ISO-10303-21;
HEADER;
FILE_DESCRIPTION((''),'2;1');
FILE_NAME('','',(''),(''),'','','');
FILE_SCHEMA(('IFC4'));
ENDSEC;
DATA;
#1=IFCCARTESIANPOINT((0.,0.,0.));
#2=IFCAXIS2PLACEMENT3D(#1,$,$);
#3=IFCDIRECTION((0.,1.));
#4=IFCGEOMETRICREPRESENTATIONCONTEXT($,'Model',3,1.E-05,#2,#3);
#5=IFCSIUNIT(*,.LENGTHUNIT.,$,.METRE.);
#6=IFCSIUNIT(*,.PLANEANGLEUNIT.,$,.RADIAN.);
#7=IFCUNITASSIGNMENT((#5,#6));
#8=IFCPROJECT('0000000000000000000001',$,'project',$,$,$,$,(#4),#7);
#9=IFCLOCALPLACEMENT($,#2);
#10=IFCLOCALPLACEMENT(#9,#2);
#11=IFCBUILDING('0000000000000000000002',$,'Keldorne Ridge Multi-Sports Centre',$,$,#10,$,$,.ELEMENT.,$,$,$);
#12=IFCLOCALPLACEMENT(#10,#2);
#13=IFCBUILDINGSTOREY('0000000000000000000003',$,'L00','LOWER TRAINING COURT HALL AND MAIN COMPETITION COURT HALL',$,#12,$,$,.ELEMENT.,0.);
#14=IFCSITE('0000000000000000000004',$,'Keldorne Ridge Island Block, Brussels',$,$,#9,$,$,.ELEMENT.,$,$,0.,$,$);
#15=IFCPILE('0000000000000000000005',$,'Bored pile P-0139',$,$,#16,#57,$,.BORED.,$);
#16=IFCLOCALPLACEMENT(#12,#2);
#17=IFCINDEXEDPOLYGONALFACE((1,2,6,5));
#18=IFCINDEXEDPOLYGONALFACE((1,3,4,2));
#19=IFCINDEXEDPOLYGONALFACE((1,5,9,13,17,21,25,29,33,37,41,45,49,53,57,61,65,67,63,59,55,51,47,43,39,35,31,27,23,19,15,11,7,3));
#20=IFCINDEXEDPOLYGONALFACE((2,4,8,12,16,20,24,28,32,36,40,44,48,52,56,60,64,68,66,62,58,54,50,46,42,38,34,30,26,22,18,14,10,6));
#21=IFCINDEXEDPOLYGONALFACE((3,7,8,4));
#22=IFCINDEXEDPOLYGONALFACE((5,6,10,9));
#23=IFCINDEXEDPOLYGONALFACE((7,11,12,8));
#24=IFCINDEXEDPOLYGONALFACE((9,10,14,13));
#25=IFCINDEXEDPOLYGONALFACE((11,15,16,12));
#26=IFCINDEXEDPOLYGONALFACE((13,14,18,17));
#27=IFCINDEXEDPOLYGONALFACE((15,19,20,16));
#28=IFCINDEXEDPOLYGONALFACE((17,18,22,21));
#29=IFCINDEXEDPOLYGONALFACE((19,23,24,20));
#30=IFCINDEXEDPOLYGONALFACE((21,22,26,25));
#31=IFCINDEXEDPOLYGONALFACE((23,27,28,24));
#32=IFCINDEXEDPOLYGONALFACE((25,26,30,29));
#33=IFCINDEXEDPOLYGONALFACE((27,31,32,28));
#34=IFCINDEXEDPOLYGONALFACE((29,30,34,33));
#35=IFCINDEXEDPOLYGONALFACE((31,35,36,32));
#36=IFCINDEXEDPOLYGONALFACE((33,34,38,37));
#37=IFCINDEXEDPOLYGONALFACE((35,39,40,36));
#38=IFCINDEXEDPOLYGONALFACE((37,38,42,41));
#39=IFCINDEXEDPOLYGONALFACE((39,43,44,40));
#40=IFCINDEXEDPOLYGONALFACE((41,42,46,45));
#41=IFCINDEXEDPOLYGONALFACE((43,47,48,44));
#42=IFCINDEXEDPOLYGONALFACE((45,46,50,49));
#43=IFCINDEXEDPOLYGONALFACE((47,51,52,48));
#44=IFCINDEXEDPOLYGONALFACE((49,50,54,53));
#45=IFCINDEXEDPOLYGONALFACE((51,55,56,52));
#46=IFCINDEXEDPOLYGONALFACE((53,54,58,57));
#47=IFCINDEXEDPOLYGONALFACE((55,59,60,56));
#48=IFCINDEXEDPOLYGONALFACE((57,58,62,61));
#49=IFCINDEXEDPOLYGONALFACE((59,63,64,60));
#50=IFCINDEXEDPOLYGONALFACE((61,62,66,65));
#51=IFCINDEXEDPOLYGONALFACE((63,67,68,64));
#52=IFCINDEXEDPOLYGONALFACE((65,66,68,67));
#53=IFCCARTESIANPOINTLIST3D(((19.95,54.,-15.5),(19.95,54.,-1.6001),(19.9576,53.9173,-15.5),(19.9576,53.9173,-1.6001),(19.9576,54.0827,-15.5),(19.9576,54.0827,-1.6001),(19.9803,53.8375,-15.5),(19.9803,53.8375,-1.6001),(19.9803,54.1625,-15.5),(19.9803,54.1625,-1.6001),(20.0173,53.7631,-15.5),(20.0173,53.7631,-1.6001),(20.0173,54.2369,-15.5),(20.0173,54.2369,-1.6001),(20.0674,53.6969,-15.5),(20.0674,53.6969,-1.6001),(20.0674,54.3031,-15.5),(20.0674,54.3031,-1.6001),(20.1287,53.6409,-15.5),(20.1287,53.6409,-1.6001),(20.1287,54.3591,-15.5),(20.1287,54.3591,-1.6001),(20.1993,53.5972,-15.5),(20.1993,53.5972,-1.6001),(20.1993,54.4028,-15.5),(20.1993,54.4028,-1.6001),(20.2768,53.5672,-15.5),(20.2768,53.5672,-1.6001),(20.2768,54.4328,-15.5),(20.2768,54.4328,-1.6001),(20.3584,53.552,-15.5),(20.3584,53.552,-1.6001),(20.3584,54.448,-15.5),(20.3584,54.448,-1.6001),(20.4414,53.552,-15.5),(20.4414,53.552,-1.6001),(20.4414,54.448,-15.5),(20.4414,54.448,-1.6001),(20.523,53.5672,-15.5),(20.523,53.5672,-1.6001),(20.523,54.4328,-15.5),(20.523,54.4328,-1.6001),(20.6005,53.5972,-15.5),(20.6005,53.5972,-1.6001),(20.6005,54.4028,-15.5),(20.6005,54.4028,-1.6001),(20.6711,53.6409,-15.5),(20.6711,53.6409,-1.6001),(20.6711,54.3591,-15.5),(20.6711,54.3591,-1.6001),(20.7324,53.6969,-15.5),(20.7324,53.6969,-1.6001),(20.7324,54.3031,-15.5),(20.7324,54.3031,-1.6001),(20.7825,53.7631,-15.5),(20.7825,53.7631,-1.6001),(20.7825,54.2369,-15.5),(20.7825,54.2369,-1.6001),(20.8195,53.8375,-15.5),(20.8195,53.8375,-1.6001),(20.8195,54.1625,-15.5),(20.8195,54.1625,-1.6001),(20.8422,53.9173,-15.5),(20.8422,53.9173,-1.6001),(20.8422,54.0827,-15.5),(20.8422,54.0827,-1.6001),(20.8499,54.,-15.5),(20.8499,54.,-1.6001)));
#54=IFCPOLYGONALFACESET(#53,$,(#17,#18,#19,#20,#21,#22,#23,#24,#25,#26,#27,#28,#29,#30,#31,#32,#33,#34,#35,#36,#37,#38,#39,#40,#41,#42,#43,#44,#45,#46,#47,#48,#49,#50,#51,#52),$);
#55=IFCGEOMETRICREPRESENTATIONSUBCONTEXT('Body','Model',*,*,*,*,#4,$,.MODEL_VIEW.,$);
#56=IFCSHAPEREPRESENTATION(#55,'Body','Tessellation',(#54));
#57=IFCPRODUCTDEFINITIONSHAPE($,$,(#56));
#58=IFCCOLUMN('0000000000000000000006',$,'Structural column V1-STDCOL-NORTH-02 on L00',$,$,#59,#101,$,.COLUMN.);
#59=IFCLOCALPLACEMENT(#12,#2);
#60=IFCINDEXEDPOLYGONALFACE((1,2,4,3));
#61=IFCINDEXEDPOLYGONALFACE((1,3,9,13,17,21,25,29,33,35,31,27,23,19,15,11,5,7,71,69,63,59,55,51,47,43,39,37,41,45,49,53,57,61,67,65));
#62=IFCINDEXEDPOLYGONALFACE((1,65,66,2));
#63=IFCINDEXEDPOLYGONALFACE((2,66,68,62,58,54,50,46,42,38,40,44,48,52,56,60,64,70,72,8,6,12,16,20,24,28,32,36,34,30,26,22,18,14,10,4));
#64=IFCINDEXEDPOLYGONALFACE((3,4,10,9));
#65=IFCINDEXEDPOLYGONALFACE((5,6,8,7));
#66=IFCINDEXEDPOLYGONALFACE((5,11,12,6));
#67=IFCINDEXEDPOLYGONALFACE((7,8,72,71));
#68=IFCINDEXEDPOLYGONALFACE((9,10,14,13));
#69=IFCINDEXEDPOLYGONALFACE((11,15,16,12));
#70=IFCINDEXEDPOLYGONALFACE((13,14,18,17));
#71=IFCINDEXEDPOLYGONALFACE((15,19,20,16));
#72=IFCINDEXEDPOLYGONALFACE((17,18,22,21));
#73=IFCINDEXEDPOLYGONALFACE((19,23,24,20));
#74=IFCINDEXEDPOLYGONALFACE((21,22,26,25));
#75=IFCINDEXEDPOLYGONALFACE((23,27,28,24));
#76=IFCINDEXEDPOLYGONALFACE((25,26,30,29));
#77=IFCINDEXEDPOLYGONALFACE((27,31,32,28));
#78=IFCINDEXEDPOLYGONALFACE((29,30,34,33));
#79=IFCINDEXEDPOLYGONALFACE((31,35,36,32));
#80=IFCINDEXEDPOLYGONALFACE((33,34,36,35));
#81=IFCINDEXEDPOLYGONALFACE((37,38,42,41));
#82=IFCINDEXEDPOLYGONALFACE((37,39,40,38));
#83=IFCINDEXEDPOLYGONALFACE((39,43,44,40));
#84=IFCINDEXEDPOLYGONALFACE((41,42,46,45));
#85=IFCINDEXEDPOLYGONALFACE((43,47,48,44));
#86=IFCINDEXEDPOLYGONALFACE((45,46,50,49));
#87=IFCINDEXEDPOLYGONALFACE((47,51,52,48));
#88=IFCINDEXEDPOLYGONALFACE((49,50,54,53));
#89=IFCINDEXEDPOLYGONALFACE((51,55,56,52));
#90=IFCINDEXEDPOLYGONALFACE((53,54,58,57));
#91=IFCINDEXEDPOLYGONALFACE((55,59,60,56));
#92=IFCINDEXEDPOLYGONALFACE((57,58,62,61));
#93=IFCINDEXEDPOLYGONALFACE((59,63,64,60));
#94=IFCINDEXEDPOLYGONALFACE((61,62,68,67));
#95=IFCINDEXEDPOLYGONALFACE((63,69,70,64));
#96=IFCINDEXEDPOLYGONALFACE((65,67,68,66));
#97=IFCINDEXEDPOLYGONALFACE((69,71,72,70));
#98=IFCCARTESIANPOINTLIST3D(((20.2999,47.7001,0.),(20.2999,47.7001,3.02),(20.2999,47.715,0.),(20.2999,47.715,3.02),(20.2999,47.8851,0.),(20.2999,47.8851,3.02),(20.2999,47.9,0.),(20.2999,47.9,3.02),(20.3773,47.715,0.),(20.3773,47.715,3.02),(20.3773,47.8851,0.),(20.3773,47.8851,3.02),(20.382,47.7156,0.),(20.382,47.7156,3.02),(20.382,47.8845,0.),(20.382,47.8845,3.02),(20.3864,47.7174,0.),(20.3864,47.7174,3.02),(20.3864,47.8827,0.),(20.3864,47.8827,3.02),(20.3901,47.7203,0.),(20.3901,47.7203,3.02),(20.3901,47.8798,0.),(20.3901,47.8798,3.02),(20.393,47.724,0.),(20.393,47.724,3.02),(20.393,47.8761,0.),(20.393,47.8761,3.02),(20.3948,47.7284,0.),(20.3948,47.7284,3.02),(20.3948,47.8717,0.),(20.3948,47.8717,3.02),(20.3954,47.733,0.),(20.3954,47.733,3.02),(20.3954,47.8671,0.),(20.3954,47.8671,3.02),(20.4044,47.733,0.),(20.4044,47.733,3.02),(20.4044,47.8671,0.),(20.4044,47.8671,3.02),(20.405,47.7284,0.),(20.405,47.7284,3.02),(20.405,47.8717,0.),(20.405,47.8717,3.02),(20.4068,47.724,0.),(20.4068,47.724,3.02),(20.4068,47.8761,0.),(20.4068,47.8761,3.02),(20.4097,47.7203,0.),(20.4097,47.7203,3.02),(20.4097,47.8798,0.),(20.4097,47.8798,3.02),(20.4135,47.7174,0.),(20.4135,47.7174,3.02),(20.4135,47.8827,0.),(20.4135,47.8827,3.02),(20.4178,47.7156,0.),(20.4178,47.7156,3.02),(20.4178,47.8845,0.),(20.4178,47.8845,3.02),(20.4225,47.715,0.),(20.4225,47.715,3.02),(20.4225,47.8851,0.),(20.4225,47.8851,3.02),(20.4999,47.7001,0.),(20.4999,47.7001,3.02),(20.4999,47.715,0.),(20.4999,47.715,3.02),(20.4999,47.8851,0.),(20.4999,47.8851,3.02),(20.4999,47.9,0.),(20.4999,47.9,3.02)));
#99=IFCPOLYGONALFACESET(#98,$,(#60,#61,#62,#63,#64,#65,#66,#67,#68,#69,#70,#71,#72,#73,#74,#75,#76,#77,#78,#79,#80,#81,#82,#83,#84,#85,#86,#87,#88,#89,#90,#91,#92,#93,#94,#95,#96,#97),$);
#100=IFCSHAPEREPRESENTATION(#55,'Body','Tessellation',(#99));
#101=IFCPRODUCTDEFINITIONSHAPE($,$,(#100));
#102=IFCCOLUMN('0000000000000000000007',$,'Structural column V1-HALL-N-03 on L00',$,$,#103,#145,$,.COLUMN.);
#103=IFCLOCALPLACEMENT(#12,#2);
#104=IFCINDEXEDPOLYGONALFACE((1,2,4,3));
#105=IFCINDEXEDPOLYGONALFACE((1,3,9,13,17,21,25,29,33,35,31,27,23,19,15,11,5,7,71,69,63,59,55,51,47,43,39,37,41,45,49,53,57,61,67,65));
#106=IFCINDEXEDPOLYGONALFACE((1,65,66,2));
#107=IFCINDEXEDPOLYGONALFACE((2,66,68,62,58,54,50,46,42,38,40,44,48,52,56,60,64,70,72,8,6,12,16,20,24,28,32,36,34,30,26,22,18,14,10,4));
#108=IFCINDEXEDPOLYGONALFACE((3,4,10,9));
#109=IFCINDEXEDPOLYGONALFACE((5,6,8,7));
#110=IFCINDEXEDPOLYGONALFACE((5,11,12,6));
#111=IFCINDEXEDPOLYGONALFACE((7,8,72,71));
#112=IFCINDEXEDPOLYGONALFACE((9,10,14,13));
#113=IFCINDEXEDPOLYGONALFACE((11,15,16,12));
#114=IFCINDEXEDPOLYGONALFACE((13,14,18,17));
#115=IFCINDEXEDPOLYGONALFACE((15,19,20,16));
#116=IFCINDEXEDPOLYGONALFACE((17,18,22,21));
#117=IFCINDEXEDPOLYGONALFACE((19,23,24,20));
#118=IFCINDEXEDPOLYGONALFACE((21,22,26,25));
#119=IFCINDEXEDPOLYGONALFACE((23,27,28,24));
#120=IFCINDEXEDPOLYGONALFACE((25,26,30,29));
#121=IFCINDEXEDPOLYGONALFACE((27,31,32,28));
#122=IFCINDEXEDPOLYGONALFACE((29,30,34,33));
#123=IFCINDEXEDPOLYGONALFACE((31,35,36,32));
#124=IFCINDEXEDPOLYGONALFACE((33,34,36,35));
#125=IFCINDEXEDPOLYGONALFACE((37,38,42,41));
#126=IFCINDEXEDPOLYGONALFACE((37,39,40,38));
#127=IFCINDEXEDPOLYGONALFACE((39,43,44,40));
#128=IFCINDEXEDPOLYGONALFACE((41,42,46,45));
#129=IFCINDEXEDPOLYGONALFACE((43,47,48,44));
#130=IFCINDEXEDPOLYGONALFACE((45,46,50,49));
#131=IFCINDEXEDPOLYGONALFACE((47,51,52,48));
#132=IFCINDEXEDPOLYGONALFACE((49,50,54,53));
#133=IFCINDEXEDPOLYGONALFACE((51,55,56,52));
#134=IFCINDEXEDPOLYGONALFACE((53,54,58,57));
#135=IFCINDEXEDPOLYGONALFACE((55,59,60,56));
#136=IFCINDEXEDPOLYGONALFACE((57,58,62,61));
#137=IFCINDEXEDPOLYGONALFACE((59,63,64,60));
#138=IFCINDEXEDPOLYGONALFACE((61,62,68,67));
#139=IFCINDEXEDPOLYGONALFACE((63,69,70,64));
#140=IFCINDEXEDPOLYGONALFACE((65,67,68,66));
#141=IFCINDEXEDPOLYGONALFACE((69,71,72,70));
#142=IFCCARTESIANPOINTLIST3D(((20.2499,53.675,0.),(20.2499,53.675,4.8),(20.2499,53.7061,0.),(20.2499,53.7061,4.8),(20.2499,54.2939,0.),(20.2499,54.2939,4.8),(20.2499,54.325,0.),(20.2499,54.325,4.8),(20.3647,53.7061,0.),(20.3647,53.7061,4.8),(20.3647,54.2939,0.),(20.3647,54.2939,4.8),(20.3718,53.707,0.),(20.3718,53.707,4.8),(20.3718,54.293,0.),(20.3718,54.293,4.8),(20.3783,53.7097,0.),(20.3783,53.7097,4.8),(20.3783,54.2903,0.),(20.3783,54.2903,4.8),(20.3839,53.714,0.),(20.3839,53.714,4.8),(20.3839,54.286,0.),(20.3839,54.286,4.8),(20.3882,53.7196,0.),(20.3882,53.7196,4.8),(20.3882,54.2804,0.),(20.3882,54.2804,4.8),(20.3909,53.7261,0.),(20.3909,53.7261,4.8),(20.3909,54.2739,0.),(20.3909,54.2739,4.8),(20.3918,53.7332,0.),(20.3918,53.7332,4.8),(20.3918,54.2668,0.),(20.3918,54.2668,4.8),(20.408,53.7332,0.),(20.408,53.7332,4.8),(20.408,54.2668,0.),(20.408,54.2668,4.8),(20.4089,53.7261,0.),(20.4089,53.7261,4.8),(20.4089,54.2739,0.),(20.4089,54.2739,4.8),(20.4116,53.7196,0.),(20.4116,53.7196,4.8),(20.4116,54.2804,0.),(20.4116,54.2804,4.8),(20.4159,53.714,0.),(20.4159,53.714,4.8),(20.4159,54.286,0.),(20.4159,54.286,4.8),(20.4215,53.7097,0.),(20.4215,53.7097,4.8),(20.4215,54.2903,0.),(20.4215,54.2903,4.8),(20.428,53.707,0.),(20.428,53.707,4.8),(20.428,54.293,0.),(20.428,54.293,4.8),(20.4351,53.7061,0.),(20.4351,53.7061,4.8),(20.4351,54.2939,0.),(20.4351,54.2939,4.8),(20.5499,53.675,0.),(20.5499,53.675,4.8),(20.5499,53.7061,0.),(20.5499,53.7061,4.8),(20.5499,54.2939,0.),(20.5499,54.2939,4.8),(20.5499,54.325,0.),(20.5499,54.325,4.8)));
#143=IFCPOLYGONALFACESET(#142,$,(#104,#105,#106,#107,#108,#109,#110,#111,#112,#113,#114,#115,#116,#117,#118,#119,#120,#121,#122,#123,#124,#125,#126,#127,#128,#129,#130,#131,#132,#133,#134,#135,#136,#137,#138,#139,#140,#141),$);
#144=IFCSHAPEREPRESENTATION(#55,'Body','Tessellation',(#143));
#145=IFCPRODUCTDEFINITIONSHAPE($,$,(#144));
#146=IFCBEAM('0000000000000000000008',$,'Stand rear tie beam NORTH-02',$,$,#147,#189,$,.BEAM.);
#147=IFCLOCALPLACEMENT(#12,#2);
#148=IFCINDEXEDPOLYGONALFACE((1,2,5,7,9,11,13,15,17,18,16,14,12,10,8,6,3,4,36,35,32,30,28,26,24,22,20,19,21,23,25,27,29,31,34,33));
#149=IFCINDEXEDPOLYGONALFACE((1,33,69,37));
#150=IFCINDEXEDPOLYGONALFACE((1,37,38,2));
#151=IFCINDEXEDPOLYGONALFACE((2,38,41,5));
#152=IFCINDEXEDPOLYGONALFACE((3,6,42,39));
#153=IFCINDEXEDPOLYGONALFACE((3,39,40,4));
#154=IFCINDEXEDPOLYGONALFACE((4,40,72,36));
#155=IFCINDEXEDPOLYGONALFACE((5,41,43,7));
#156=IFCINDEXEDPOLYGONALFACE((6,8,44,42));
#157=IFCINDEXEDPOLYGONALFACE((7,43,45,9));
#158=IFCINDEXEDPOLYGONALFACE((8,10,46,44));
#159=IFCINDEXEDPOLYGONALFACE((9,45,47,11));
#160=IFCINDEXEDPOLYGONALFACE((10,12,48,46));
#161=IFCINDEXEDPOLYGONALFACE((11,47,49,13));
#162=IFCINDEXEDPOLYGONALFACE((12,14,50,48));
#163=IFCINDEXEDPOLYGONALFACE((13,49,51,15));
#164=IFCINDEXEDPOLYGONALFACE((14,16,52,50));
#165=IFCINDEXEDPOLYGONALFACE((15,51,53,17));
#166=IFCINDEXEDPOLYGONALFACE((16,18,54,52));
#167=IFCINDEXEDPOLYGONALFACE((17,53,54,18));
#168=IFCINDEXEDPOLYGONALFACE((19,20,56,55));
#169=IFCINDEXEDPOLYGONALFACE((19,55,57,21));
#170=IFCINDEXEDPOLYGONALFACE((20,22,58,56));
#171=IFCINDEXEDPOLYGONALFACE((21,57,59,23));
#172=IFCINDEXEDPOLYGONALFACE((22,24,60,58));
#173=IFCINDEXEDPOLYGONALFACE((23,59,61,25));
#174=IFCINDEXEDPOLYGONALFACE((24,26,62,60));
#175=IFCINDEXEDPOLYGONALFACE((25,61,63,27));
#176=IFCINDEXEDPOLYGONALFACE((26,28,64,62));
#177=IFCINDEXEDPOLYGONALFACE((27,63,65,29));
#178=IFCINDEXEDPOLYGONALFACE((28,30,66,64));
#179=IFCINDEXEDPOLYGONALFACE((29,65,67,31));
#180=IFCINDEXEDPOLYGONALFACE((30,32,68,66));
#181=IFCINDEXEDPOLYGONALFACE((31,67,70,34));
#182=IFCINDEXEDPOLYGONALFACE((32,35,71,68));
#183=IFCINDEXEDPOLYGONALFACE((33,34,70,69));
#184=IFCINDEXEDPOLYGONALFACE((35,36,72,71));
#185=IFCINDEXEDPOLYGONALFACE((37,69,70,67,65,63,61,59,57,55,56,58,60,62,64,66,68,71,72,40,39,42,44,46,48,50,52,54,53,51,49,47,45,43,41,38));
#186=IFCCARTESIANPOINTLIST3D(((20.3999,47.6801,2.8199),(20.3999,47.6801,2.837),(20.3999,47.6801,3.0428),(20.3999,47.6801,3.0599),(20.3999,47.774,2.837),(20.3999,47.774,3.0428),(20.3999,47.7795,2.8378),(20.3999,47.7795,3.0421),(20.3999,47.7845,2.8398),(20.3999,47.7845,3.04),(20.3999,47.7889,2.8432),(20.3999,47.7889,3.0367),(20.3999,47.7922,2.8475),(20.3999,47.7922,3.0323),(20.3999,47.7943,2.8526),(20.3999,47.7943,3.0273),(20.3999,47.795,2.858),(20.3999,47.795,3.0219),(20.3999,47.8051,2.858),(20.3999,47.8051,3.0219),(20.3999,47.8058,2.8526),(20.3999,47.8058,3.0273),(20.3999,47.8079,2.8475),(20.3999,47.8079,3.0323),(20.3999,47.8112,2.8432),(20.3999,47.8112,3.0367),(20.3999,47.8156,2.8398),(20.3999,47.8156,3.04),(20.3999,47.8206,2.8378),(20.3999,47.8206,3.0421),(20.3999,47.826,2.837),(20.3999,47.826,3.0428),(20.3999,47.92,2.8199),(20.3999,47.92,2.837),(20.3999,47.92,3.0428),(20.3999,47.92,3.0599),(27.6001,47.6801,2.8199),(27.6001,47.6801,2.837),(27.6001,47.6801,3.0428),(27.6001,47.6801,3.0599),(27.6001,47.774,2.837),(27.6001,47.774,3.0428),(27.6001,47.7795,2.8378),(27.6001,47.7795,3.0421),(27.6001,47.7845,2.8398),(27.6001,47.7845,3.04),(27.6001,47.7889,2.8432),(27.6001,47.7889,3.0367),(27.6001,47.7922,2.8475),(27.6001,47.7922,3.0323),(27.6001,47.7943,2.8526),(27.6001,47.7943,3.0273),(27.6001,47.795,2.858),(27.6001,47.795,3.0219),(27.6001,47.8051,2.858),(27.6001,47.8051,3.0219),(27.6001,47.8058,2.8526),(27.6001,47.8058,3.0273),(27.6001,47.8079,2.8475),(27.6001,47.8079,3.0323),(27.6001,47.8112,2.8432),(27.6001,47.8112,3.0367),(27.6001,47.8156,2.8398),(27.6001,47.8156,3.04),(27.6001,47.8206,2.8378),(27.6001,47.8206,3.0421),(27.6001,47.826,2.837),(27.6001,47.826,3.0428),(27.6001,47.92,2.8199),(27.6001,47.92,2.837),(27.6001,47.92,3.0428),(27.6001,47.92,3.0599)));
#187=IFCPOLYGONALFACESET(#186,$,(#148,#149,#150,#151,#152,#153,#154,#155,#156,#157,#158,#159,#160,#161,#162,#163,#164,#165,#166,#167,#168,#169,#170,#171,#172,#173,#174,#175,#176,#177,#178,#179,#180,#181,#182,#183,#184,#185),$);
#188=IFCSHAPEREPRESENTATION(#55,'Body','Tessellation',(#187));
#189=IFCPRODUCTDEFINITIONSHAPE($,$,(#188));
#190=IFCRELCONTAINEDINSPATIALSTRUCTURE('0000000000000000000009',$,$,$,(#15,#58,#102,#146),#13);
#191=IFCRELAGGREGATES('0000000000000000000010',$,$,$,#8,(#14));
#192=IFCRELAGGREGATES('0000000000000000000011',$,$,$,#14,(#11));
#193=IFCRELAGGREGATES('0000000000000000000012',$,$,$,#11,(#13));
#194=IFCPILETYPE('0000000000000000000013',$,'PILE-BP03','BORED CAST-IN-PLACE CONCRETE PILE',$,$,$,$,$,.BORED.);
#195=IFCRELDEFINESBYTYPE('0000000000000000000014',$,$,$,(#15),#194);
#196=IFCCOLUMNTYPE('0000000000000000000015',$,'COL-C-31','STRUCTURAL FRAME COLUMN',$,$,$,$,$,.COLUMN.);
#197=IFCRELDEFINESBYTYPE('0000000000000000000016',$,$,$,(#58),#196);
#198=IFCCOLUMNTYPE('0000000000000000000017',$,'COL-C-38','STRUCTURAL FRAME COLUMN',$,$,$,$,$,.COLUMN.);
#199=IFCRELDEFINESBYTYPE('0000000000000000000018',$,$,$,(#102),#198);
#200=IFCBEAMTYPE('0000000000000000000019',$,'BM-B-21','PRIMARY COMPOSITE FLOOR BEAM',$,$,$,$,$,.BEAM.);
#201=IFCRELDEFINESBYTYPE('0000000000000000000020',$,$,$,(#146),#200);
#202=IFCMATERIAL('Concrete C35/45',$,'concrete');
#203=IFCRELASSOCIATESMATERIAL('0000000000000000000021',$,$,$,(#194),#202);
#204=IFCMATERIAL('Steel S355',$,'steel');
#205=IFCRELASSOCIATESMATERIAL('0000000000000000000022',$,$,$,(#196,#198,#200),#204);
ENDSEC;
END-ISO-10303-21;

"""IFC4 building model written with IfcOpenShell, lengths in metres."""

from ifc_helpers import new_model, si_unit, direction, frame, origin, origin_2d, place, context, subcontext, project, spatial, circle, i_section, extrude, material, material_profile, profile_set, type_object, element, save


model = new_model("IFC4")

# Units and contexts
model_context = context("Model", 3, precision=1e-05, world=origin(), true_north=direction((0.0, 1.0)))
body_context = subcontext(model_context, "Body", "Model", "MODEL_VIEW")
ifc_project = project(units=[si_unit("LENGTHUNIT", "METRE"), si_unit("PLANEANGLEUNIT", "RADIAN")], contexts=[model_context])

# Site, building, storey
site_placement = place(None, origin())
site = spatial("IfcSite", under=ifc_project, at=site_placement, Name="Keldorne Ridge Island Block, Brussels", CompositionType="ELEMENT", RefElevation=0.0)
building_placement = place(site_placement, origin())
building = spatial("IfcBuilding", under=site, at=building_placement, Name="Keldorne Ridge Multi-Sports Centre", CompositionType="ELEMENT")
storey_placement = place(building_placement, origin())
storey = spatial("IfcBuildingStorey", under=building, at=storey_placement, Name="L00", Description="LOWER TRAINING COURT HALL AND MAIN COMPETITION COURT HALL", CompositionType="ELEMENT", Elevation=0.0)

# Shared definitions
ifc_material_1 = material(Name="Concrete C35/45", Category="concrete")

# Pile
ifc_material_profile_1 = material_profile(ifc_material_1, circle(Radius=0.45, at=origin_2d()), Name="BORED PILE D900")
ifc_profile_set_1 = profile_set([ifc_material_profile_1], Name="Concrete C35/45")
pile_type_1 = type_object("IfcPileType", Name="PILE-BP03", Description="BORED CAST-IN-PLACE CONCRETE PILE", PredefinedType="BORED", material=ifc_profile_set_1)
pile_placement = place(storey_placement, frame((20.3999, 54.0, -1.6001), z_axis=(0.0, 0.0, -1.0), x_axis=(1.0, 0.0, 0.0)))
element("IfcPile", 1, at=pile_placement, inside=storey, type_object=pile_type_1, Name="Bored pile P-0139", PredefinedType="BORED", context=body_context, shape_type="SweptSolid", body=[
    extrude(circle(Radius=0.45, at=origin_2d()), origin(), (0.0, 0.0, 1.0), 13.8999),
])

# Columns
ifc_material_2 = material(Name="Steel S355", Category="steel")
ifc_material_profile_2 = material_profile(ifc_material_2, i_section(OverallWidth=0.2, OverallDepth=0.2, WebThickness=0.009, FlangeThickness=0.0149, FilletRadius=0.0181, at=origin_2d()), Name="HEB 200")
ifc_profile_set_2 = profile_set([ifc_material_profile_2], Name="Steel S355")
column_type_1 = type_object("IfcColumnType", Name="COL-C-31", Description="STRUCTURAL FRAME COLUMN", PredefinedType="COLUMN", material=ifc_profile_set_2)
column_1_placement = place(storey_placement, frame((20.3999, 47.8, 0.0), z_axis=(0.0, 0.0, 1.0), x_axis=(1.0, 0.0, 0.0)))
element("IfcColumn", 2, at=column_1_placement, inside=storey, type_object=column_type_1, Name="Structural column V1-STDCOL-NORTH-02 on L00", PredefinedType="COLUMN", context=body_context, shape_type="SweptSolid", body=[
    extrude(i_section(OverallWidth=0.2, OverallDepth=0.2, WebThickness=0.009, FlangeThickness=0.0149, FilletRadius=0.0181, at=origin_2d()), origin(), (0.0, 0.0, 1.0), 3.02),
])
ifc_material_profile_3 = material_profile(ifc_material_2, i_section(OverallWidth=0.3, OverallDepth=0.6499, WebThickness=0.0161, FlangeThickness=0.031, FilletRadius=0.0271, at=origin_2d()), Name="HEB 650")
ifc_profile_set_3 = profile_set([ifc_material_profile_3], Name="Steel S355")
column_type_2 = type_object("IfcColumnType", Name="COL-C-38", Description="STRUCTURAL FRAME COLUMN", PredefinedType="COLUMN", material=ifc_profile_set_3)
column_2_placement = place(storey_placement, frame((20.3999, 54.0, 0.0), z_axis=(0.0, 0.0, 1.0), x_axis=(1.0, 0.0, 0.0)))
element("IfcColumn", 3, at=column_2_placement, inside=storey, type_object=column_type_2, Name="Structural column V1-HALL-N-03 on L00", PredefinedType="COLUMN", context=body_context, shape_type="SweptSolid", body=[
    extrude(i_section(OverallWidth=0.3, OverallDepth=0.6499, WebThickness=0.0161, FlangeThickness=0.031, FilletRadius=0.0271, at=origin_2d()), origin(), (0.0, 0.0, 1.0), 4.8),
])

# Beam
ifc_material_profile_4 = material_profile(ifc_material_2, i_section(OverallWidth=0.24, OverallDepth=0.24, WebThickness=0.01, FlangeThickness=0.0171, FilletRadius=0.021, at=origin_2d()), Name="HEB 240")
ifc_profile_set_4 = profile_set([ifc_material_profile_4], Name="Steel S355")
beam_type = type_object("IfcBeamType", Name="BM-B-21", Description="PRIMARY COMPOSITE FLOOR BEAM", PredefinedType="BEAM", material=ifc_profile_set_4)
beam_placement = place(storey_placement, frame((20.3999, 47.8, 2.9399), z_axis=(1.0, 0.0, 0.0), x_axis=(0.0, 1.0, 0.0)))
element("IfcBeam", 4, at=beam_placement, inside=storey, type_object=beam_type, Name="Stand rear tie beam NORTH-02", PredefinedType="BEAM", context=body_context, shape_type="SweptSolid", body=[
    extrude(i_section(OverallWidth=0.24, OverallDepth=0.24, WebThickness=0.01, FlangeThickness=0.0171, FilletRadius=0.021, at=origin_2d()), origin(), (0.0, 0.0, 1.0), 7.2002),
])

save(model, "model.ifc")
